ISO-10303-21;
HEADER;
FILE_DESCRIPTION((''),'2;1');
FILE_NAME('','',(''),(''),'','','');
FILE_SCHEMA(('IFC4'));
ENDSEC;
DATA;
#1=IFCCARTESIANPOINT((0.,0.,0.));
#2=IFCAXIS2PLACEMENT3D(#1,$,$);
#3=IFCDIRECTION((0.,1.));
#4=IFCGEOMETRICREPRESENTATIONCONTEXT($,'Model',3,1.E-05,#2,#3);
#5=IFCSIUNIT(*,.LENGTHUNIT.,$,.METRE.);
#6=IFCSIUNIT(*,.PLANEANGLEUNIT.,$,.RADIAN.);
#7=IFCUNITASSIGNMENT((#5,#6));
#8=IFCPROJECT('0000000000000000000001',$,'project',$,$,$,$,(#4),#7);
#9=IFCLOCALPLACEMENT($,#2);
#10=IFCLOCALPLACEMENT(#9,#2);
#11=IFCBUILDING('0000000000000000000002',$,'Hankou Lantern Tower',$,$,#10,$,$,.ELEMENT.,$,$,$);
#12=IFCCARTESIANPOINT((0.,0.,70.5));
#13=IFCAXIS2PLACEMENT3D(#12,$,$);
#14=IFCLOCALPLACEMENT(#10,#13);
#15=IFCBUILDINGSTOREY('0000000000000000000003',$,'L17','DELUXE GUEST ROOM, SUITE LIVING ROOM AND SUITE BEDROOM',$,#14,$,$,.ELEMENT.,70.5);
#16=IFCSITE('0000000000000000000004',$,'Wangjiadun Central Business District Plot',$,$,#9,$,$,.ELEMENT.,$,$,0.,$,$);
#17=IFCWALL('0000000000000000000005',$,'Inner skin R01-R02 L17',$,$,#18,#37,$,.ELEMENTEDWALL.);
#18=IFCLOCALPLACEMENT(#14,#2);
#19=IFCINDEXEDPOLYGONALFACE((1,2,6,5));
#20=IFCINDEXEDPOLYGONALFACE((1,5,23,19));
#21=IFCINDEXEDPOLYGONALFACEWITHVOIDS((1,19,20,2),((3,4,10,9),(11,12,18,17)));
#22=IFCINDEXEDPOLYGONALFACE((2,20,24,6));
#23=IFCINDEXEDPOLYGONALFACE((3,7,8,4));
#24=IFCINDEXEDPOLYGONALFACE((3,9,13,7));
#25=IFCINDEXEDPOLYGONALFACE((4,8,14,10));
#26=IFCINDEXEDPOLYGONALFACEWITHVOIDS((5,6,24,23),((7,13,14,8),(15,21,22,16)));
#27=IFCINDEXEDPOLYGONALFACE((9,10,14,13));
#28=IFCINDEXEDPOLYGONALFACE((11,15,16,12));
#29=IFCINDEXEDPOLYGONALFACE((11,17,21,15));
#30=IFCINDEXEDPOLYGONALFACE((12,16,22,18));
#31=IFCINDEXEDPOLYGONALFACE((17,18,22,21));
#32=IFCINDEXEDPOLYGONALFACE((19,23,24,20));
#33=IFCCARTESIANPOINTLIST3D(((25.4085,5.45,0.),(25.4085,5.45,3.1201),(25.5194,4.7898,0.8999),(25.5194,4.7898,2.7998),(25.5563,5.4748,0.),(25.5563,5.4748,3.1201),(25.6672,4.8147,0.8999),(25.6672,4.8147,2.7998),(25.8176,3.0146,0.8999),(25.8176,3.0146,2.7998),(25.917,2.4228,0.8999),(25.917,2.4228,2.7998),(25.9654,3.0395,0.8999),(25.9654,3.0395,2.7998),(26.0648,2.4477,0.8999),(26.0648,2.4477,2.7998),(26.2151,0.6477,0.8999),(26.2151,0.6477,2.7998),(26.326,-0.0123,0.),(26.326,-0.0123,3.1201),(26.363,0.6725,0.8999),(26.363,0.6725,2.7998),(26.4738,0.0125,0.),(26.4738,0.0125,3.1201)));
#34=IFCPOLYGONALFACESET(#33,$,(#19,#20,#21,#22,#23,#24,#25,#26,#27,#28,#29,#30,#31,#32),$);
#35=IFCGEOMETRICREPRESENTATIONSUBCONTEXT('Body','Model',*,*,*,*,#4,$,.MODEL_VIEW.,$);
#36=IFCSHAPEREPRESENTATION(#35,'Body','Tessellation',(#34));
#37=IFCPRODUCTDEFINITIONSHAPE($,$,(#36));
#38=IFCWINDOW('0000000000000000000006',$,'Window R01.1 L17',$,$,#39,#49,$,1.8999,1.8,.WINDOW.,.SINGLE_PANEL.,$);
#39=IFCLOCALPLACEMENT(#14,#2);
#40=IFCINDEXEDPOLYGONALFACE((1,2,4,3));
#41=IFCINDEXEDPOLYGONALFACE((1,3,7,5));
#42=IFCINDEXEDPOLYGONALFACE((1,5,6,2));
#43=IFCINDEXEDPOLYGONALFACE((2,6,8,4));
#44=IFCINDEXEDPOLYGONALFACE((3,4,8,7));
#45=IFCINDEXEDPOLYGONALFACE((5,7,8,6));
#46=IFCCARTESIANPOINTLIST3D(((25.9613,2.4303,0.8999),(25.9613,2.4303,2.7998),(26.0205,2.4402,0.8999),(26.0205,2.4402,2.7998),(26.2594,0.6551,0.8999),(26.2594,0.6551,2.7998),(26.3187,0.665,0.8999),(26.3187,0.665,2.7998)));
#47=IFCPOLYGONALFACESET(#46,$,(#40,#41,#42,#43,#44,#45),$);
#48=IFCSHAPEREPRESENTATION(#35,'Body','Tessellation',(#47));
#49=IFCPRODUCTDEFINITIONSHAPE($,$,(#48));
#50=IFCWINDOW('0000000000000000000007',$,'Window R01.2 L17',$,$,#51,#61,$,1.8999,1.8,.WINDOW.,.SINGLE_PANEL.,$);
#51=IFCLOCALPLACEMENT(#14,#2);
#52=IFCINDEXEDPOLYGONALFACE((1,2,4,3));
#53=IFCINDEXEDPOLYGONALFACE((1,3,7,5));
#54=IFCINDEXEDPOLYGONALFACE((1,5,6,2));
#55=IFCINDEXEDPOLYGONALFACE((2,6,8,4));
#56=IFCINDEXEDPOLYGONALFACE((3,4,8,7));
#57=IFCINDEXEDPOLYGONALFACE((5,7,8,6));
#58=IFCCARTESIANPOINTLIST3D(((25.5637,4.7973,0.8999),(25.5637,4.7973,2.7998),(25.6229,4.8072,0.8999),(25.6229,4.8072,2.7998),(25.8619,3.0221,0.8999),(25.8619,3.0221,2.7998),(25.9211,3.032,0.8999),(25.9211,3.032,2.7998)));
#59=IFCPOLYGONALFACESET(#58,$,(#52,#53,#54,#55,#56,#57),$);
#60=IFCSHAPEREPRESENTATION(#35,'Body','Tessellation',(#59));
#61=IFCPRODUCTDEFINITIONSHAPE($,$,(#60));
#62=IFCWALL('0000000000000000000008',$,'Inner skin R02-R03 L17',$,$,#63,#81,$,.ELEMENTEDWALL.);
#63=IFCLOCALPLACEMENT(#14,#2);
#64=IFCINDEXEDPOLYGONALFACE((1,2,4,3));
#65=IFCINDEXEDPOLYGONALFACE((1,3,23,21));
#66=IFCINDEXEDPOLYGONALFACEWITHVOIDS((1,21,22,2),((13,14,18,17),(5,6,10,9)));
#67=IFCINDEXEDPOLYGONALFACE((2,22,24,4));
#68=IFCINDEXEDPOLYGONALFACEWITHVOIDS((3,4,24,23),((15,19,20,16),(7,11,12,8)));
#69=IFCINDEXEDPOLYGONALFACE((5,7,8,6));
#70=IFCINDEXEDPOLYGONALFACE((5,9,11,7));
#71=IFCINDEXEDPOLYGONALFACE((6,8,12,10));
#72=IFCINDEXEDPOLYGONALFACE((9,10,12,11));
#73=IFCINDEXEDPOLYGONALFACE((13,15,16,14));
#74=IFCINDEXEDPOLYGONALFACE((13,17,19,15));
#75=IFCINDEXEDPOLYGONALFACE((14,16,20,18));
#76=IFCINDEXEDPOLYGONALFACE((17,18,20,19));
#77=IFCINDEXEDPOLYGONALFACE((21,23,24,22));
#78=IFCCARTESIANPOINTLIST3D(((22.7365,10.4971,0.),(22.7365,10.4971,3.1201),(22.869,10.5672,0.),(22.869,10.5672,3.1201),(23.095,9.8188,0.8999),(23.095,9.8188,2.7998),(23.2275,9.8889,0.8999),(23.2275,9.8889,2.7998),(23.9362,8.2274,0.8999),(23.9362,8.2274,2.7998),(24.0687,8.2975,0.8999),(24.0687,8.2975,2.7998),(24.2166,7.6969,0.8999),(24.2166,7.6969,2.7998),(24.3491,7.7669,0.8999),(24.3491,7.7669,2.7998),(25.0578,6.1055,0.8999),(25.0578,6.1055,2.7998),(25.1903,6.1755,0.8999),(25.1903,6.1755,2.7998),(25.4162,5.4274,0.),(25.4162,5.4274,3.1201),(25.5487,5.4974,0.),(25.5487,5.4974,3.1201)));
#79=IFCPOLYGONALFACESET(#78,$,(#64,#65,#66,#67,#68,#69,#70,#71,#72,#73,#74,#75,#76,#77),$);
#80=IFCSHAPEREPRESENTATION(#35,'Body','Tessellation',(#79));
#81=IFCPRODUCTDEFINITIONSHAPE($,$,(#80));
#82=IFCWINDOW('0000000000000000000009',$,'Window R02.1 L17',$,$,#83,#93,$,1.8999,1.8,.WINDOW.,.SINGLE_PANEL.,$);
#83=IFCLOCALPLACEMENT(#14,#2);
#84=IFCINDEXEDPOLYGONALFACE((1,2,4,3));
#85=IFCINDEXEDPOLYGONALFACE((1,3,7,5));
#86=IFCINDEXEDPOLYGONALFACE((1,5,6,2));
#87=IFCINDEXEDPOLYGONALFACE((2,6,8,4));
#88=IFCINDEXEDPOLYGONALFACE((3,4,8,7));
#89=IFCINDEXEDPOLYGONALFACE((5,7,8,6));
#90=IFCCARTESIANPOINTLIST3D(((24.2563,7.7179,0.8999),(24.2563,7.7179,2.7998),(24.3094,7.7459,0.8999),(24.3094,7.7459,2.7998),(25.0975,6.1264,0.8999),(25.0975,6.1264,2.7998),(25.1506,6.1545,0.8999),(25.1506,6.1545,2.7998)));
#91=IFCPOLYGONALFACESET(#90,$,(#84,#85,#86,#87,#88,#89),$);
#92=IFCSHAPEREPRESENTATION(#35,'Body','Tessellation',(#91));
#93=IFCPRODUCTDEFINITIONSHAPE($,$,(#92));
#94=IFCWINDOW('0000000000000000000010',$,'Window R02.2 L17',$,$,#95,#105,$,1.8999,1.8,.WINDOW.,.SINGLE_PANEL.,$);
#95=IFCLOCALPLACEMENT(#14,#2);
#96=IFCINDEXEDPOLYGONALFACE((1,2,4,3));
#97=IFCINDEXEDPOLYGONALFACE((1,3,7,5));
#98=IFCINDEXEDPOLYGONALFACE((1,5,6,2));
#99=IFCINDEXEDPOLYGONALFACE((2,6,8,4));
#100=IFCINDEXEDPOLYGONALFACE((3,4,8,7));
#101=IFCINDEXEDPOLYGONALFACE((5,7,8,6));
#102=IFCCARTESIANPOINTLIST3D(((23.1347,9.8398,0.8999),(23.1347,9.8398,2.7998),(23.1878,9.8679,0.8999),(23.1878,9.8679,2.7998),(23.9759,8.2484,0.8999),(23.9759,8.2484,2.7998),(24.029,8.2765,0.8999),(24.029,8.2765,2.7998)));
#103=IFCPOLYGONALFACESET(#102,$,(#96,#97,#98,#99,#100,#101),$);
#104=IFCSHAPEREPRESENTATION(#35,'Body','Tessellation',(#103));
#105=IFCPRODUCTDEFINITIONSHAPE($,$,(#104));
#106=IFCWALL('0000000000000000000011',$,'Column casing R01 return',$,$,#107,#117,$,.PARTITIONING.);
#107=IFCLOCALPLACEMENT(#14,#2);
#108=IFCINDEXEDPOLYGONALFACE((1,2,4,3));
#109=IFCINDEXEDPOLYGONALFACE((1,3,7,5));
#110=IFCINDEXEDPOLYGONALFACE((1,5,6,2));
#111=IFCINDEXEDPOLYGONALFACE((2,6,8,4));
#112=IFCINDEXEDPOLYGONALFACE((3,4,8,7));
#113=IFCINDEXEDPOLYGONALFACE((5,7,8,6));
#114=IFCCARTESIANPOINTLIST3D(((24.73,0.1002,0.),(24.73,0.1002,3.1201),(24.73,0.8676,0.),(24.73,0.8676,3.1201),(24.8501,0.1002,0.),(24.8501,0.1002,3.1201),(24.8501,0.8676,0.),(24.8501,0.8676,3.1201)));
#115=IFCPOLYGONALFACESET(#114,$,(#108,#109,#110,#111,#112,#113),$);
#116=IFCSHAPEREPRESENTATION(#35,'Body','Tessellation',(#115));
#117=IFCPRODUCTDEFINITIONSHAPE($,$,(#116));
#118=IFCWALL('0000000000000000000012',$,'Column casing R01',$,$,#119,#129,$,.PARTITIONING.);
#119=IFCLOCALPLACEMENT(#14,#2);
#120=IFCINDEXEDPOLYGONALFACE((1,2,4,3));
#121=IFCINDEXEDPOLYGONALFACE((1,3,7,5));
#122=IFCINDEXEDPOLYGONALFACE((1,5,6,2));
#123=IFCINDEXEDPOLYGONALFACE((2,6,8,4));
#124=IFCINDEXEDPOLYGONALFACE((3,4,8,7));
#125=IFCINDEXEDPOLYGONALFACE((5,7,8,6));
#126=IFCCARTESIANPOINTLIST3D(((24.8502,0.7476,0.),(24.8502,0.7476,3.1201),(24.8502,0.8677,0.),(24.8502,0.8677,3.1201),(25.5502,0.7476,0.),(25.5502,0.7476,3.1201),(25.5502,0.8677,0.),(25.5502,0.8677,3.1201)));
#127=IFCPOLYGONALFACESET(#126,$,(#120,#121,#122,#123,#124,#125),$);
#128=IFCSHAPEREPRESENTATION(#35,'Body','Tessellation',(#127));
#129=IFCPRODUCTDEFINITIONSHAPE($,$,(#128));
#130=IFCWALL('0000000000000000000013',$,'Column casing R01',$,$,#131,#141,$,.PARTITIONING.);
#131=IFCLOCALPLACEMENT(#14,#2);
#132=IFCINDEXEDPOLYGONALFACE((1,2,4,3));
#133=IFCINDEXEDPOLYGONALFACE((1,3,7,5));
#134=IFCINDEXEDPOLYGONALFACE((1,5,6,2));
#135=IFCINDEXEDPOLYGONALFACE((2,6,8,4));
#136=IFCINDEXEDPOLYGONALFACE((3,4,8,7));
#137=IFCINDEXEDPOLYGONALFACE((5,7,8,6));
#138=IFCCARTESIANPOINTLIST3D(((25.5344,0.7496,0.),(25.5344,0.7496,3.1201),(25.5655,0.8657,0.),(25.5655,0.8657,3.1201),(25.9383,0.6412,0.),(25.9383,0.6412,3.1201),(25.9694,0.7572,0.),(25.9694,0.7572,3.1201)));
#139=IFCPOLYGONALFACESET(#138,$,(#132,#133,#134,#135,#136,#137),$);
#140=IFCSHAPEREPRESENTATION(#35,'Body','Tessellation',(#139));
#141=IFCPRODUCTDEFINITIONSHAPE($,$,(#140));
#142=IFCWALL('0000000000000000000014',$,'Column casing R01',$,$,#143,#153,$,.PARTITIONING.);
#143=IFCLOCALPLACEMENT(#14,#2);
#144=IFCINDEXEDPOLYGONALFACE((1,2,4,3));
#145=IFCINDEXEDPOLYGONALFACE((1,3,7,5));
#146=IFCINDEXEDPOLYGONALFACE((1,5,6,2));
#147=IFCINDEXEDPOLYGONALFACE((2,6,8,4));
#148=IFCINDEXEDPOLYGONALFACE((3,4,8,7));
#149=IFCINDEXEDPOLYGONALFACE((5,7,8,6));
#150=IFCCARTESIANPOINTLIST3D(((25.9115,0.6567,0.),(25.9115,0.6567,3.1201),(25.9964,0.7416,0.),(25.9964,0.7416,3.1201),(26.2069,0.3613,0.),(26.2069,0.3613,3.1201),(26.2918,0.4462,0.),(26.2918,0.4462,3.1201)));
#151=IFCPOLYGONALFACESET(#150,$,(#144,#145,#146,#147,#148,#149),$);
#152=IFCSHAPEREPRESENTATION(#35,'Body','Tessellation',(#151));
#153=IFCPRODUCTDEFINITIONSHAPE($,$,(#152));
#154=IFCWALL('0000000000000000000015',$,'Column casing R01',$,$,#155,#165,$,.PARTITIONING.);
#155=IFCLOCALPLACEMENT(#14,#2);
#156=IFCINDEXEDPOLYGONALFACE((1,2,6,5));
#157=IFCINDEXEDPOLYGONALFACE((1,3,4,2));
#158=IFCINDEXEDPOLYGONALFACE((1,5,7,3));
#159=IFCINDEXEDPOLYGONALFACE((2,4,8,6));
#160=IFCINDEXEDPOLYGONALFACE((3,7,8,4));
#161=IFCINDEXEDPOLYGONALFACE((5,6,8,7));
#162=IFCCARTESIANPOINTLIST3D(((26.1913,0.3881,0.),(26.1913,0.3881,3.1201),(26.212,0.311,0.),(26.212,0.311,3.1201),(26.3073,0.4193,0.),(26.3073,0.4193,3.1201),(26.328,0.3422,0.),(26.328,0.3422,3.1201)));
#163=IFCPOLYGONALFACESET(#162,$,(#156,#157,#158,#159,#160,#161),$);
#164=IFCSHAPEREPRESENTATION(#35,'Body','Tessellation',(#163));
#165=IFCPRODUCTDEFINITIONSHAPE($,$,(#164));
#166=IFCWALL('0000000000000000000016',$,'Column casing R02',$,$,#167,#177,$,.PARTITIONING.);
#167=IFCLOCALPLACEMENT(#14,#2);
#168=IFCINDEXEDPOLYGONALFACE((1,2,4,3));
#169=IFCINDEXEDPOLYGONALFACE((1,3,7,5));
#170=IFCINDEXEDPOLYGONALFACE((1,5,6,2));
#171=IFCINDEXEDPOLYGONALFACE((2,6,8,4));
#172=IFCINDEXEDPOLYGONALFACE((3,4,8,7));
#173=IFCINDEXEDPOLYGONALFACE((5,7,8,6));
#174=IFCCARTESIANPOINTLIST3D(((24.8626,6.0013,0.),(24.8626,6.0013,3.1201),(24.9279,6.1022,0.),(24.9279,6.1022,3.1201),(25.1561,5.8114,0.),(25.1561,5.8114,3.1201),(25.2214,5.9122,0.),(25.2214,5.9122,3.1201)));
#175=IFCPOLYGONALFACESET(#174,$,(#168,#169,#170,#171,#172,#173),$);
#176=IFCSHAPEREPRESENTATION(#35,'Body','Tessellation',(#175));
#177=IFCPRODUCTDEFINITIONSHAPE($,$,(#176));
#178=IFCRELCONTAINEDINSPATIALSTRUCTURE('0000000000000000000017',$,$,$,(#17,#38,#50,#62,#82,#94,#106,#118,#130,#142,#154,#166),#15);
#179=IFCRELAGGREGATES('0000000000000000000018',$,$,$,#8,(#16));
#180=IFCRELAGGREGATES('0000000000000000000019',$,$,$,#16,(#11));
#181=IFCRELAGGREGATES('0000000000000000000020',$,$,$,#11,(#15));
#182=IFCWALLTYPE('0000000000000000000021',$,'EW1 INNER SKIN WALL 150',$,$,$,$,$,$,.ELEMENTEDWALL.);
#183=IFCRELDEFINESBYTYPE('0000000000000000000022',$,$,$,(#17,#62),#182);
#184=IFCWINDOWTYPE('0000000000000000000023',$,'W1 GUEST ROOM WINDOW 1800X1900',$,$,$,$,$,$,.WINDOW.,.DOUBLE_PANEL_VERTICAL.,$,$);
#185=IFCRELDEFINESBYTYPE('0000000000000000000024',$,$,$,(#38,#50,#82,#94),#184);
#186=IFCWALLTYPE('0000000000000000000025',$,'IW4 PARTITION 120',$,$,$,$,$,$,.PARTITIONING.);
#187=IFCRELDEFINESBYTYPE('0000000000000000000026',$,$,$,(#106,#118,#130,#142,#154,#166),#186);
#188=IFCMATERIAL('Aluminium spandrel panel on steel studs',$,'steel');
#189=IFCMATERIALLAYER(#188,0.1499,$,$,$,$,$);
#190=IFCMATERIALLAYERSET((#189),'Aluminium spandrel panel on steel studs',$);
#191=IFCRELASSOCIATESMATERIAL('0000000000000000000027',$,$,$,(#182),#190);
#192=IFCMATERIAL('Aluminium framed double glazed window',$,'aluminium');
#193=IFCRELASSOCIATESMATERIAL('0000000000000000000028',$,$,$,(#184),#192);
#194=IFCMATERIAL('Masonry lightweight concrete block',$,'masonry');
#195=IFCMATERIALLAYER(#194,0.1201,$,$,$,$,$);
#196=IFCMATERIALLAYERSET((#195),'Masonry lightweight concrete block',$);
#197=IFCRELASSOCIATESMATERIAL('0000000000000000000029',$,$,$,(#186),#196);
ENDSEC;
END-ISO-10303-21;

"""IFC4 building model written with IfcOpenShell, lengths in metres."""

from ifc_helpers import new_model, si_unit, direction, frame, frame_2d, origin, place, context, subcontext, project, spatial, rectangle, extrude, material, layer, layer_set, type_object, element, fill, save


model = new_model("IFC4")

# Units and contexts
model_context = context("Model", 3, precision=1e-05, world=origin(), true_north=direction((0.0, 1.0)))
body_context = subcontext(model_context, "Body", "Model", "MODEL_VIEW")
ifc_project = project(units=[si_unit("LENGTHUNIT", "METRE"), si_unit("PLANEANGLEUNIT", "RADIAN")], contexts=[model_context])

# Site, building, storey
site_placement = place(None, origin())
site = spatial("IfcSite", under=ifc_project, at=site_placement, Name="Wangjiadun Central Business District Plot", CompositionType="ELEMENT", RefElevation=0.0)
building_placement = place(site_placement, origin())
building = spatial("IfcBuilding", under=site, at=building_placement, Name="Hankou Lantern Tower", CompositionType="ELEMENT")
storey_placement = place(building_placement, frame((0.0, 0.0, 70.5)))
storey = spatial("IfcBuildingStorey", under=building, at=storey_placement, Name="L17", Description="DELUXE GUEST ROOM, SUITE LIVING ROOM AND SUITE BEDROOM", CompositionType="ELEMENT", Elevation=70.5)

# Walls, openings, windows
ifc_material_1 = material(Name="Aluminium spandrel panel on steel studs", Category="steel")
ifc_layer_1 = layer(ifc_material_1, 0.1499)
ifc_layer_set_1 = layer_set([ifc_layer_1], Name="Aluminium spandrel panel on steel studs")
wall_type_1 = type_object("IfcWallType", Name="EW1 INNER SKIN WALL 150", PredefinedType="ELEMENTEDWALL", material=ifc_layer_set_1)
wall_1_placement = place(storey_placement, frame((26.3999, 0.0, 0.0), z_axis=(0.0, 0.0, 1.0), x_axis=(-0.165643, 0.986186, 0.0)))
wall_1 = element("IfcWall", 1, at=wall_1_placement, inside=storey, type_object=wall_type_1, Name="Inner skin R01-R02 L17", PredefinedType="ELEMENTEDWALL", context=body_context, shape_type="SweptSolid", body=[
    extrude(rectangle(XDim=5.5388, YDim=0.1499, at=frame_2d((2.7695, 0.0))), origin(), (0.0, 0.0, 1.0), 3.1201),
])
opening_1_placement = place(wall_1_placement, frame((0.6694, 0.0, 0.8999)))
opening_1 = element("IfcOpeningElement", 2, at=opening_1_placement, cuts=wall_1, PredefinedType="OPENING", context=body_context, shape_type="SweptSolid", body=[
    extrude(rectangle(XDim=1.8, YDim=1.8999, at=frame_2d((0.8999, 0.95))), frame((0.0, 0.085, 0.0), z_axis=(0.0, -1.0, 0.0), x_axis=(1.0, 0.0, 0.0)), (0.0, 0.0, 1.0), 0.1699),
])
opening_2_placement = place(wall_1_placement, frame((3.0696, 0.0, 0.8999)))
opening_2 = element("IfcOpeningElement", 3, at=opening_2_placement, cuts=wall_1, PredefinedType="OPENING", context=body_context, shape_type="SweptSolid", body=[
    extrude(rectangle(XDim=1.8, YDim=1.8999, at=frame_2d((0.8999, 0.95))), frame((0.0, 0.085, 0.0), z_axis=(0.0, -1.0, 0.0), x_axis=(1.0, 0.0, 0.0)), (0.0, 0.0, 1.0), 0.1699),
])
ifc_material_2 = material(Name="Aluminium framed double glazed window", Category="aluminium")
window_type = type_object("IfcWindowType", Name="W1 GUEST ROOM WINDOW 1800X1900", PartitioningType="DOUBLE_PANEL_VERTICAL", PredefinedType="WINDOW", material=ifc_material_2)
window_1_placement = place(opening_1_placement, origin())
window_1 = element("IfcWindow", 4, at=window_1_placement, inside=storey, type_object=window_type, Name="Window R01.1 L17", OverallHeight=1.8999, OverallWidth=1.8, PartitioningType="SINGLE_PANEL", PredefinedType="WINDOW", context=body_context, shape_type="SweptSolid", body=[
    extrude(rectangle(XDim=1.8, YDim=1.8999, at=frame_2d((0.8999, 0.95))), frame((0.0, 0.03, 0.0), z_axis=(0.0, -1.0, 0.0), x_axis=(1.0, 0.0, 0.0)), (0.0, 0.0, 1.0), 0.0601),
])
fill(opening_1, window_1)
window_2_placement = place(opening_2_placement, origin())
window_2 = element("IfcWindow", 5, at=window_2_placement, inside=storey, type_object=window_type, Name="Window R01.2 L17", OverallHeight=1.8999, OverallWidth=1.8, PartitioningType="SINGLE_PANEL", PredefinedType="WINDOW", context=body_context, shape_type="SweptSolid", body=[
    extrude(rectangle(XDim=1.8, YDim=1.8999, at=frame_2d((0.8999, 0.95))), frame((0.0, 0.03, 0.0), z_axis=(0.0, -1.0, 0.0), x_axis=(1.0, 0.0, 0.0)), (0.0, 0.0, 1.0), 0.0601),
])
fill(opening_2, window_2)
wall_2_placement = place(storey_placement, frame((25.4824, 5.4624, 0.0), z_axis=(0.0, 0.0, 1.0), x_axis=(-0.467297, 0.8841, 0.0)))
wall_2 = element("IfcWall", 6, at=wall_2_placement, inside=storey, type_object=wall_type_1, Name="Inner skin R02-R03 L17", PredefinedType="ELEMENTEDWALL", context=body_context, shape_type="SweptSolid", body=[
    extrude(rectangle(XDim=5.7344, YDim=0.1499, at=frame_2d((2.8672, 0.0))), origin(), (0.0, 0.0, 1.0), 3.1201),
])
opening_3_placement = place(wall_2_placement, frame((0.7671, 0.0, 0.8999)))
opening_3 = element("IfcOpeningElement", 7, at=opening_3_placement, cuts=wall_2, PredefinedType="OPENING", context=body_context, shape_type="SweptSolid", body=[
    extrude(rectangle(XDim=1.8, YDim=1.8999, at=frame_2d((0.8999, 0.95))), frame((0.0, 0.085, 0.0), z_axis=(0.0, -1.0, 0.0), x_axis=(1.0, 0.0, 0.0)), (0.0, 0.0, 1.0), 0.1699),
])
opening_4_placement = place(wall_2_placement, frame((3.1672, 0.0, 0.8999)))
opening_4 = element("IfcOpeningElement", 8, at=opening_4_placement, cuts=wall_2, PredefinedType="OPENING", context=body_context, shape_type="SweptSolid", body=[
    extrude(rectangle(XDim=1.8, YDim=1.8999, at=frame_2d((0.8999, 0.95))), frame((0.0, 0.085, 0.0), z_axis=(0.0, -1.0, 0.0), x_axis=(1.0, 0.0, 0.0)), (0.0, 0.0, 1.0), 0.1699),
])
window_3_placement = place(opening_3_placement, origin())
window_3 = element("IfcWindow", 9, at=window_3_placement, inside=storey, type_object=window_type, Name="Window R02.1 L17", OverallHeight=1.8999, OverallWidth=1.8, PartitioningType="SINGLE_PANEL", PredefinedType="WINDOW", context=body_context, shape_type="SweptSolid", body=[
    extrude(rectangle(XDim=1.8, YDim=1.8999, at=frame_2d((0.8999, 0.95))), frame((0.0, 0.03, 0.0), z_axis=(0.0, -1.0, 0.0), x_axis=(1.0, 0.0, 0.0)), (0.0, 0.0, 1.0), 0.0601),
])
fill(opening_3, window_3)
window_4_placement = place(opening_4_placement, origin())
window_4 = element("IfcWindow", 10, at=window_4_placement, inside=storey, type_object=window_type, Name="Window R02.2 L17", OverallHeight=1.8999, OverallWidth=1.8, PartitioningType="SINGLE_PANEL", PredefinedType="WINDOW", context=body_context, shape_type="SweptSolid", body=[
    extrude(rectangle(XDim=1.8, YDim=1.8999, at=frame_2d((0.8999, 0.95))), frame((0.0, 0.03, 0.0), z_axis=(0.0, -1.0, 0.0), x_axis=(1.0, 0.0, 0.0)), (0.0, 0.0, 1.0), 0.0601),
])
fill(opening_4, window_4)

# Walls
ifc_material_3 = material(Name="Masonry lightweight concrete block", Category="masonry")
ifc_layer_2 = layer(ifc_material_3, 0.1201)
ifc_layer_set_2 = layer_set([ifc_layer_2], Name="Masonry lightweight concrete block")
wall_type_2 = type_object("IfcWallType", Name="IW4 PARTITION 120", PredefinedType="PARTITIONING", material=ifc_layer_set_2)
wall_3_placement = place(storey_placement, frame((24.79, 0.1001, 0.0), z_axis=(0.0, 0.0, 1.0), x_axis=(0.0, 1.0, 0.0)))
element("IfcWall", 11, at=wall_3_placement, inside=storey, type_object=wall_type_2, Name="Column casing R01 return", PredefinedType="PARTITIONING", context=body_context, shape_type="SweptSolid", body=[
    extrude(rectangle(XDim=0.7673, YDim=0.1201, at=frame_2d((0.3838, 0.0))), origin(), (0.0, 0.0, 1.0), 3.1201),
])
wall_4_placement = place(storey_placement, frame((24.8501, 0.8076, 0.0), z_axis=(0.0, 0.0, 1.0), x_axis=(1.0, 0.0, 0.0)))
element("IfcWall", 12, at=wall_4_placement, inside=storey, type_object=wall_type_2, Name="Column casing R01", PredefinedType="PARTITIONING", context=body_context, shape_type="SweptSolid", body=[
    extrude(rectangle(XDim=0.7, YDim=0.1201, at=frame_2d((0.3501, 0.0))), origin(), (0.0, 0.0, 1.0), 3.1201),
])
wall_5_placement = place(storey_placement, frame((25.55, 0.8076, 0.0), z_axis=(0.0, 0.0, 1.0), x_axis=(0.965807, -0.259261, 0.0)))
element("IfcWall", 13, at=wall_5_placement, inside=storey, type_object=wall_type_2, Name="Column casing R01", PredefinedType="PARTITIONING", context=body_context, shape_type="SweptSolid", body=[
    extrude(rectangle(XDim=0.4182, YDim=0.1201, at=frame_2d((0.209, 0.0))), origin(), (0.0, 0.0, 1.0), 3.1201),
])
wall_6_placement = place(storey_placement, frame((25.9539, 0.6992, 0.0), z_axis=(0.0, 0.0, 1.0), x_axis=(0.707107, -0.707107, 0.0)))
element("IfcWall", 14, at=wall_6_placement, inside=storey, type_object=wall_type_2, Name="Column casing R01", PredefinedType="PARTITIONING", context=body_context, shape_type="SweptSolid", body=[
    extrude(rectangle(XDim=0.4177, YDim=0.1201, at=frame_2d((0.209, 0.0))), origin(), (0.0, 0.0, 1.0), 3.1201),
])
wall_7_placement = place(storey_placement, frame((26.2493, 0.4038, 0.0), z_axis=(0.0, 0.0, 1.0), x_axis=(0.259754, -0.965675, 0.0)))
element("IfcWall", 15, at=wall_7_placement, inside=storey, type_object=wall_type_2, Name="Column casing R01", PredefinedType="PARTITIONING", context=body_context, shape_type="SweptSolid", body=[
    extrude(rectangle(XDim=0.0798, YDim=0.1201, at=frame_2d((0.04, 0.0))), origin(), (0.0, 0.0, 1.0), 3.1201),
])
wall_8_placement = place(storey_placement, frame((24.8953, 6.0518, 0.0), z_axis=(0.0, 0.0, 1.0), x_axis=(0.839495, -0.543367, 0.0)))
element("IfcWall", 16, at=wall_8_placement, inside=storey, type_object=wall_type_2, Name="Column casing R02", PredefinedType="PARTITIONING", context=body_context, shape_type="SweptSolid", body=[
    extrude(rectangle(XDim=0.3496, YDim=0.1201, at=frame_2d((0.1748, 0.0))), origin(), (0.0, 0.0, 1.0), 3.1201),
])

save(model, "model.ifc")
